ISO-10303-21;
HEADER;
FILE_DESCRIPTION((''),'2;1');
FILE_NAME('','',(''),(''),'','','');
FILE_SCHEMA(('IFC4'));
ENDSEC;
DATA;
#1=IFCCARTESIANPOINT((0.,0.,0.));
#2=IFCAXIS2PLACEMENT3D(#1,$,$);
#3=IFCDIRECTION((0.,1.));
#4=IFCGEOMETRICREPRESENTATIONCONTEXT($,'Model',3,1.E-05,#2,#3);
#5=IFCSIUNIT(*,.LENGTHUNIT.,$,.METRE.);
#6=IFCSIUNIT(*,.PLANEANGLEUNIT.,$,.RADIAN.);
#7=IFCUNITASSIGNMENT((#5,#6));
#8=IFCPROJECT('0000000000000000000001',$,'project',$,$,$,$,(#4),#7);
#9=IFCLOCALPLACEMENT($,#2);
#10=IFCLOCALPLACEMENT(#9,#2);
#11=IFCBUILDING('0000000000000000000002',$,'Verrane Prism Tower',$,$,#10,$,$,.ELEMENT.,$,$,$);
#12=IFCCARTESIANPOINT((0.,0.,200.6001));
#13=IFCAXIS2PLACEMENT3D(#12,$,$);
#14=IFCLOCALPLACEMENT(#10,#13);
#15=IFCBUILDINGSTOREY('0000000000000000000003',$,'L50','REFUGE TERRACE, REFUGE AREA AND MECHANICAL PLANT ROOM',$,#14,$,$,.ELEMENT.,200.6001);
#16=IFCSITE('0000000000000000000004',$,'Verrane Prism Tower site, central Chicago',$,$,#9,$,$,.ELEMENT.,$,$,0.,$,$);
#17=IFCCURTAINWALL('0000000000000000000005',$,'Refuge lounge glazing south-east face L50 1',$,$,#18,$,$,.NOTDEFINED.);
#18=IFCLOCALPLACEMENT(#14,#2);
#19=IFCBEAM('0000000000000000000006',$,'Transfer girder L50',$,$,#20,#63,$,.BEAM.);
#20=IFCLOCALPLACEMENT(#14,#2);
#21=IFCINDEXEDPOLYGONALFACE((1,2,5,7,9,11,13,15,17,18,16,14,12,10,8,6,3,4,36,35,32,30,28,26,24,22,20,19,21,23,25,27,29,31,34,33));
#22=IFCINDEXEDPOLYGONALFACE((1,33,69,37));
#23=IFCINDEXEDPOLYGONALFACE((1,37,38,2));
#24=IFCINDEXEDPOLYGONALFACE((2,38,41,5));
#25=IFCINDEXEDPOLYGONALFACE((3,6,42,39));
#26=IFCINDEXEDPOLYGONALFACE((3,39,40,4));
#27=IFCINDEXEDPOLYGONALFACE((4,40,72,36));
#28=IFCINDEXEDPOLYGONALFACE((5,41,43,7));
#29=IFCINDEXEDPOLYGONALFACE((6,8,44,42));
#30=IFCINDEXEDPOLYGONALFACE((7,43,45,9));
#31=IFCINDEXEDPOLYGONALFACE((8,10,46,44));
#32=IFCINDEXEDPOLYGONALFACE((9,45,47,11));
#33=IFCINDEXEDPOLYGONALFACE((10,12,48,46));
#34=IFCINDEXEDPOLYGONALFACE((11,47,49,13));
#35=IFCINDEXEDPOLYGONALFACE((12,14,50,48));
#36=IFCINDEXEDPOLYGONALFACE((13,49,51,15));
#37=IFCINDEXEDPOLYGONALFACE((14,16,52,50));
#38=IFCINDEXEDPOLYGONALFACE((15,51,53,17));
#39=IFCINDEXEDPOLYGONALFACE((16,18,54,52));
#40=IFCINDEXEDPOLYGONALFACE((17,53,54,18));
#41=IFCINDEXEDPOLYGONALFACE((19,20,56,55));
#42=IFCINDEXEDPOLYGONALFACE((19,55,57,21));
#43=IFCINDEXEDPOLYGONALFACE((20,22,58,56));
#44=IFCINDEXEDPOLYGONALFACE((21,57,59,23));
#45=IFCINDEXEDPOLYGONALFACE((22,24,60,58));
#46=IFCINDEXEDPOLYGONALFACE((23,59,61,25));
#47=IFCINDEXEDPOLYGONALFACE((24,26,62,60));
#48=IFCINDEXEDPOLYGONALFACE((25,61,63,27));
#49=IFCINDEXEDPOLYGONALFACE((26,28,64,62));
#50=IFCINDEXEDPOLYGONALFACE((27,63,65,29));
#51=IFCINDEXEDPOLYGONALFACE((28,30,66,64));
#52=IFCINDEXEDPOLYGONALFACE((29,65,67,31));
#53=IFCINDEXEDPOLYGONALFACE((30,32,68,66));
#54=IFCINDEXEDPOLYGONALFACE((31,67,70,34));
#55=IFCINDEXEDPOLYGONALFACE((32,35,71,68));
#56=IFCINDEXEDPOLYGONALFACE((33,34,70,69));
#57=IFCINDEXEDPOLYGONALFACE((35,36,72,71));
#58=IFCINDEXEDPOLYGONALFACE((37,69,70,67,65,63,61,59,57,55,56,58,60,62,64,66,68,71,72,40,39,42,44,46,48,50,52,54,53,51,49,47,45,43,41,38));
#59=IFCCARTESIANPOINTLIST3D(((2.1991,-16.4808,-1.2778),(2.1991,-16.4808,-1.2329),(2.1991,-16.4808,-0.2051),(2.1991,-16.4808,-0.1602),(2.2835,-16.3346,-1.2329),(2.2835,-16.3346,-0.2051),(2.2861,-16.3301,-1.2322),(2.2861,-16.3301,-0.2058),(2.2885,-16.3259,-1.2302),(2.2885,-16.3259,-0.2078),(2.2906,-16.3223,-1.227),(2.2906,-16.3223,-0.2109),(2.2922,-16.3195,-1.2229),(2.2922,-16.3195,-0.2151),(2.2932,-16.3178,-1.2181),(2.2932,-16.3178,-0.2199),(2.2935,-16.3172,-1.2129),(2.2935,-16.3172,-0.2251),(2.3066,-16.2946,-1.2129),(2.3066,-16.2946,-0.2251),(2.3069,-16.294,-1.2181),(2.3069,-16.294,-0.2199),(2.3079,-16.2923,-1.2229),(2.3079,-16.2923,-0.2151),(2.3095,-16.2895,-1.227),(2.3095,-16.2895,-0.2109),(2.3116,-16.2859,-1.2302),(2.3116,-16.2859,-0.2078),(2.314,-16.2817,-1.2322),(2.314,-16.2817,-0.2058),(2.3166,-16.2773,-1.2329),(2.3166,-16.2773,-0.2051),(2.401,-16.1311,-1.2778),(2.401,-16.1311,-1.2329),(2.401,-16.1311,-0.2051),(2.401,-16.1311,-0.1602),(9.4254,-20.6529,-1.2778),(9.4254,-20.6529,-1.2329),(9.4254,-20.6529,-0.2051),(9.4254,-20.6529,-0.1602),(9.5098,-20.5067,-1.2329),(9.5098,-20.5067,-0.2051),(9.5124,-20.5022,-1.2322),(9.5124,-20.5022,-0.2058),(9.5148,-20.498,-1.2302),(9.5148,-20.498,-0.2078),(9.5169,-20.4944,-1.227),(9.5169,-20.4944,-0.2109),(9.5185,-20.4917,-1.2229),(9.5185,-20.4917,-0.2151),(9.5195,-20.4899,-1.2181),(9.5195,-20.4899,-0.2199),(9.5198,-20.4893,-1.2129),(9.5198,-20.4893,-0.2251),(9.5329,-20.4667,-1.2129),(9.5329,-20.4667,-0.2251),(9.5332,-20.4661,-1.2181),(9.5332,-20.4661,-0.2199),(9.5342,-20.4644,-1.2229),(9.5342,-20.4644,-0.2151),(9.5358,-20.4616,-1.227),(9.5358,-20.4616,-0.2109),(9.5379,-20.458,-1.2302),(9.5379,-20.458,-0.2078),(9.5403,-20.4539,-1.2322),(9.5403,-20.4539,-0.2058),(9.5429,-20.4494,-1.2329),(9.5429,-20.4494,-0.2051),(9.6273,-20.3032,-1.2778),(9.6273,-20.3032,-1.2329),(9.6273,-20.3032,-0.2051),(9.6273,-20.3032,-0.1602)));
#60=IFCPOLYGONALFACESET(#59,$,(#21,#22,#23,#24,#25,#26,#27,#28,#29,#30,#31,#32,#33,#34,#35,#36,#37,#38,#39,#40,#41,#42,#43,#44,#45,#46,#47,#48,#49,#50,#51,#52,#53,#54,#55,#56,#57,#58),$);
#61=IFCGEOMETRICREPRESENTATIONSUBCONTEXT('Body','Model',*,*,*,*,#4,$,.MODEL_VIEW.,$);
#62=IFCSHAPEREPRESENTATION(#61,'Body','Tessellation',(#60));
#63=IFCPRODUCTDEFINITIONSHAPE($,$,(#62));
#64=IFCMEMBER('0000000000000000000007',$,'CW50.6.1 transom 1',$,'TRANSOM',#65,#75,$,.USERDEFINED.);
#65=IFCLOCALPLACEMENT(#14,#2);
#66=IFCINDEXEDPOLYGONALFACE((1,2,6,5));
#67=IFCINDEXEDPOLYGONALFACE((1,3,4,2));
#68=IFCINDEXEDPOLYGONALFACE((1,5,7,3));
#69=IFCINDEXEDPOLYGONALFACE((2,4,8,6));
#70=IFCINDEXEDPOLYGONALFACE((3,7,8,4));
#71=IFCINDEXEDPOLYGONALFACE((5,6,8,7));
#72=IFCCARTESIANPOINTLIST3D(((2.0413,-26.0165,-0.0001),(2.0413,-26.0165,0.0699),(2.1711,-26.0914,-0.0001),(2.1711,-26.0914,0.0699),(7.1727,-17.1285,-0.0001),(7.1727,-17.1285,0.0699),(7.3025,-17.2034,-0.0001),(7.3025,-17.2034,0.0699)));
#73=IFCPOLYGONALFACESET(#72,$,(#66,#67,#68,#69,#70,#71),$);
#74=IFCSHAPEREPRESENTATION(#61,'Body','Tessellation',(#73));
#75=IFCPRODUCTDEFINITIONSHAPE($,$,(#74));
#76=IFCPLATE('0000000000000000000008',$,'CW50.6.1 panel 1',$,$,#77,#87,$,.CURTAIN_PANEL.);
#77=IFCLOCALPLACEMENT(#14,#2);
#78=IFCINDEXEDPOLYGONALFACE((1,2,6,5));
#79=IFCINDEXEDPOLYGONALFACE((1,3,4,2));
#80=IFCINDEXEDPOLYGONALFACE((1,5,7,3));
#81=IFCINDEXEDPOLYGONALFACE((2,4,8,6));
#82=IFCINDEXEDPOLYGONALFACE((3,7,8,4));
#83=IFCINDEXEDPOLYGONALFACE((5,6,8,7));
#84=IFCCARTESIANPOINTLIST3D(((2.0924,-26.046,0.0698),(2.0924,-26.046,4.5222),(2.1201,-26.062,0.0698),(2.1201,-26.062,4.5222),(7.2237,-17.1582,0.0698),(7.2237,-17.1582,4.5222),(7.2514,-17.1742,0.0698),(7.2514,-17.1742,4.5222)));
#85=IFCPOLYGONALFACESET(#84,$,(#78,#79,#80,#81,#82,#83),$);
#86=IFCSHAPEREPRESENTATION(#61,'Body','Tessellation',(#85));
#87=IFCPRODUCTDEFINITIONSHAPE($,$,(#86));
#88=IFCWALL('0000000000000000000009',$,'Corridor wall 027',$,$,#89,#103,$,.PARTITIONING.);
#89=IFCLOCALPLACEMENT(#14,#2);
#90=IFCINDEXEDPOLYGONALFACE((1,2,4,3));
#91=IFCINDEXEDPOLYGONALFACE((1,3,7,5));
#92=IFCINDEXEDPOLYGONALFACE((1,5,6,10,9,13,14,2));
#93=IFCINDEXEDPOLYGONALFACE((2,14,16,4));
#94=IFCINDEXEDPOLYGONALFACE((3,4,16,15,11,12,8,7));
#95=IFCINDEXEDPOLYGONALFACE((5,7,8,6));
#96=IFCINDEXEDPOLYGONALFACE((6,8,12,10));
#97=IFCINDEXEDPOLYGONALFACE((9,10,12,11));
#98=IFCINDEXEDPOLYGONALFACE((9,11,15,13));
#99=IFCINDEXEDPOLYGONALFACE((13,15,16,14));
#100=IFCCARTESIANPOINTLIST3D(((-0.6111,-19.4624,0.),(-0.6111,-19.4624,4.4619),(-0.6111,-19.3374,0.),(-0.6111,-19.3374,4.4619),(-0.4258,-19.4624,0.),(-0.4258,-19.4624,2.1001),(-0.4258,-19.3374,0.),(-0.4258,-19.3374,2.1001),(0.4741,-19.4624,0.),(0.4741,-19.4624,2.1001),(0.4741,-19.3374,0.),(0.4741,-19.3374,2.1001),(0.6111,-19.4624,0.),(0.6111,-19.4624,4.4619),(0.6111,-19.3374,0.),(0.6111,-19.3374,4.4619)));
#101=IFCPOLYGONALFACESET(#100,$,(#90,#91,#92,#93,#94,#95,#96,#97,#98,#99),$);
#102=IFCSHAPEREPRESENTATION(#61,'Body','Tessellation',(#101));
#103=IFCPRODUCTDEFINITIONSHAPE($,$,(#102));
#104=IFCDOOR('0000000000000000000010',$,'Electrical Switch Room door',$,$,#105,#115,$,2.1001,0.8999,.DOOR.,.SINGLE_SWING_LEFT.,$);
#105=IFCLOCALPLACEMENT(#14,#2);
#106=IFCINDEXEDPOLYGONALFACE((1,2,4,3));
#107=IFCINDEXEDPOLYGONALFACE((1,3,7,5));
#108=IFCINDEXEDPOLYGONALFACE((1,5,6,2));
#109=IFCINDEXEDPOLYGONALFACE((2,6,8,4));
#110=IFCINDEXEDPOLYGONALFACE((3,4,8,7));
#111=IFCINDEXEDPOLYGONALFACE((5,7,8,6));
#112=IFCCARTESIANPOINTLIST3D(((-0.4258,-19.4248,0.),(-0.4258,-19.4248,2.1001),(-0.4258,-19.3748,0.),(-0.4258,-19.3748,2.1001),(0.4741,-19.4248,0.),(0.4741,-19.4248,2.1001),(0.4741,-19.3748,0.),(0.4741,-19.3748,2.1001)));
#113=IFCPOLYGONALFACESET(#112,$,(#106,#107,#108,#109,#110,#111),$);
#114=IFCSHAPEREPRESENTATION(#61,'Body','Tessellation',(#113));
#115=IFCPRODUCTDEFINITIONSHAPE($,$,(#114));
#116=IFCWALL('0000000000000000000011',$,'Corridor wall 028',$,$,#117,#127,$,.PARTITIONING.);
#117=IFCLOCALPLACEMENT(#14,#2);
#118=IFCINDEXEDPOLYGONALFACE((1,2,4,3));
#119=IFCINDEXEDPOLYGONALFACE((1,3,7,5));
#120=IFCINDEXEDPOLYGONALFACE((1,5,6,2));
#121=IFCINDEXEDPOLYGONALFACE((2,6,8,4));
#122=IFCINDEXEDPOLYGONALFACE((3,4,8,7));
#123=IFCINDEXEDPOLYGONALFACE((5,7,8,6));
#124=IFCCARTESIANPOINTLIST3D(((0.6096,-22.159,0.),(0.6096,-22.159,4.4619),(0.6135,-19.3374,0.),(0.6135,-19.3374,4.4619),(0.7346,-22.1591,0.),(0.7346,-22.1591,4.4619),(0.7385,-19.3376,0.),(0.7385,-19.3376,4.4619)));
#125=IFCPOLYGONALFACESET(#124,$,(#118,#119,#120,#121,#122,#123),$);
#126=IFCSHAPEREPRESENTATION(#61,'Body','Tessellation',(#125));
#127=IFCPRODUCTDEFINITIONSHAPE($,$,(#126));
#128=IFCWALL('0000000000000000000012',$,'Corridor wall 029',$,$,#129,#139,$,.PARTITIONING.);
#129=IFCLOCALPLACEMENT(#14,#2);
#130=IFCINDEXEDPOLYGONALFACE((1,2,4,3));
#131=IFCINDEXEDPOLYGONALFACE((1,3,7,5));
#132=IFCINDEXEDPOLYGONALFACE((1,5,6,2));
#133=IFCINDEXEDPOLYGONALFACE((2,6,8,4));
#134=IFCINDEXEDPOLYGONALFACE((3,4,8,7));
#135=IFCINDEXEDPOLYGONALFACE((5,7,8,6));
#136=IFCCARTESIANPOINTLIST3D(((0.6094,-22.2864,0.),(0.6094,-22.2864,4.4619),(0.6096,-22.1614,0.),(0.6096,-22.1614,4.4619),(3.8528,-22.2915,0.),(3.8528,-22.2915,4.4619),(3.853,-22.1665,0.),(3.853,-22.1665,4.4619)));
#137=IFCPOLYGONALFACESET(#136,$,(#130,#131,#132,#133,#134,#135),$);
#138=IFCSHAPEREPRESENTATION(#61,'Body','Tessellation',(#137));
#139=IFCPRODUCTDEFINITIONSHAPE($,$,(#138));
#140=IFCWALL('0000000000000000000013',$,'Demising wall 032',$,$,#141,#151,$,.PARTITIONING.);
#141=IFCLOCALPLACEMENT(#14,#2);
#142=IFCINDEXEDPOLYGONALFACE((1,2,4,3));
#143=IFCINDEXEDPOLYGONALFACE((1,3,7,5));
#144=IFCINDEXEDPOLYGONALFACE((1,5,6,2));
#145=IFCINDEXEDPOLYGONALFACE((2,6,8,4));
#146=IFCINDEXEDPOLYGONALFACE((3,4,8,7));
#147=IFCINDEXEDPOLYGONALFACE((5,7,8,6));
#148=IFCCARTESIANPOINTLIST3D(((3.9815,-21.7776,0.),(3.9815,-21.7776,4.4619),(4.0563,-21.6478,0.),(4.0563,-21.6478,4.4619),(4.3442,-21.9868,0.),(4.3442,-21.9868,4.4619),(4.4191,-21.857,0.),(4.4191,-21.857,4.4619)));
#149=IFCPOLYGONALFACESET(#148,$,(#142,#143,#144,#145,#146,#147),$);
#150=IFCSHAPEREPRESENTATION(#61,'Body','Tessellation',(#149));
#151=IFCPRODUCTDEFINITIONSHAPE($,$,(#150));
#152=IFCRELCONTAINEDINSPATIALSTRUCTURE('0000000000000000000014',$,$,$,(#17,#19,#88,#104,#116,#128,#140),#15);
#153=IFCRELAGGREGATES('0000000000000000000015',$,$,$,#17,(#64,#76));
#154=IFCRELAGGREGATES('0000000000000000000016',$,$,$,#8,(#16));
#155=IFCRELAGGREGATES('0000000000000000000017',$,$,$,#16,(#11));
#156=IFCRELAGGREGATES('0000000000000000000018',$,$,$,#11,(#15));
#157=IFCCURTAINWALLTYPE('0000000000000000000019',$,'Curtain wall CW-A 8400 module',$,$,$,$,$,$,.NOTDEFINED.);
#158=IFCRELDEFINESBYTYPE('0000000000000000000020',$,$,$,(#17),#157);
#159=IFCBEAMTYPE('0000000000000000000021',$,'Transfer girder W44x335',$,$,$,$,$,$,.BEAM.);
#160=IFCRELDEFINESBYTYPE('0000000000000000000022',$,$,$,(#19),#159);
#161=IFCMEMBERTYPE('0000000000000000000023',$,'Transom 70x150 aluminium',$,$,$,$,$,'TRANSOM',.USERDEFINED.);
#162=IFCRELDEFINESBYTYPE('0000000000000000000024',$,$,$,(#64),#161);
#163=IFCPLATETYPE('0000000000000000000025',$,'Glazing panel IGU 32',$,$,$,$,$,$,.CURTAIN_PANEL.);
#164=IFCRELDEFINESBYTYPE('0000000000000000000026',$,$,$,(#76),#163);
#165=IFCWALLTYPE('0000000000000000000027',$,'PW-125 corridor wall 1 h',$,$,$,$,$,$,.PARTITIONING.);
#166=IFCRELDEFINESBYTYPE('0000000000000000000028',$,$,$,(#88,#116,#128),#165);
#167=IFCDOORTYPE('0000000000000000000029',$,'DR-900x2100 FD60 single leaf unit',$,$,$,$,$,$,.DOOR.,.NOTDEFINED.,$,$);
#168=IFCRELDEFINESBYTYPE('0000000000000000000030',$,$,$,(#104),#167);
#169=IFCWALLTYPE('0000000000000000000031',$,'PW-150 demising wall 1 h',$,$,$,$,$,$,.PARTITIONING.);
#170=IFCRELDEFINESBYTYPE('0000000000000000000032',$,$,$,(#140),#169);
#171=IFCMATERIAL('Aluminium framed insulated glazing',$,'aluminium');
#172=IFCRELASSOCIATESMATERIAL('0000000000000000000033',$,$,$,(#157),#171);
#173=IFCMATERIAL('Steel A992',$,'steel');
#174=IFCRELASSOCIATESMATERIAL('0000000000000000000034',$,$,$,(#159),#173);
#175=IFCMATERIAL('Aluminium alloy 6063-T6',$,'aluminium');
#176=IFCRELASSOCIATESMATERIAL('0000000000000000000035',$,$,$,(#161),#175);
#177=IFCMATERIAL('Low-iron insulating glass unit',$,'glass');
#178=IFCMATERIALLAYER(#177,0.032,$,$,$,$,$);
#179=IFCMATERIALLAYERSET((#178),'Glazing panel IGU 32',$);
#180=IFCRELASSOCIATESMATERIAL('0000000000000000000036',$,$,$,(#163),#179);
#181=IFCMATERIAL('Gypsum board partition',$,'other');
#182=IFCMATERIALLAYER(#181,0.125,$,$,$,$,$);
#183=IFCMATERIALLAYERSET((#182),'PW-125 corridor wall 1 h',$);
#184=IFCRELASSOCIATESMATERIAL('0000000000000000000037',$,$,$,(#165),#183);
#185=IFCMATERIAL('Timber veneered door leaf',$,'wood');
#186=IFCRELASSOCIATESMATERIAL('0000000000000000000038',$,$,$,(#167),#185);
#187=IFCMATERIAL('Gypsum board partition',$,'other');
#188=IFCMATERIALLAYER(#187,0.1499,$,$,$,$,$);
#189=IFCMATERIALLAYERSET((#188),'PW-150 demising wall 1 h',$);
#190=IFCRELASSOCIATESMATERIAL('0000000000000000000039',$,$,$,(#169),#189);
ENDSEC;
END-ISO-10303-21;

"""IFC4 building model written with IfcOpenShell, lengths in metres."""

from ifc_helpers import new_model, si_unit, direction, frame, frame_2d, origin, origin_2d, place, context, subcontext, project, spatial, rectangle, i_section, extrude, material, layer, layer_set, material_profile, profile_set, type_object, element, fill, aggregate, save


model = new_model("IFC4")

# Units and contexts
model_context = context("Model", 3, precision=1e-05, world=origin(), true_north=direction((0.0, 1.0)))
body_context = subcontext(model_context, "Body", "Model", "MODEL_VIEW")
ifc_project = project(units=[si_unit("LENGTHUNIT", "METRE"), si_unit("PLANEANGLEUNIT", "RADIAN")], contexts=[model_context])

# Site, building, storey
site_placement = place(None, origin())
site = spatial("IfcSite", under=ifc_project, at=site_placement, Name="Verrane Prism Tower site, central Chicago", CompositionType="ELEMENT", RefElevation=0.0)
building_placement = place(site_placement, origin())
building = spatial("IfcBuilding", under=site, at=building_placement, Name="Verrane Prism Tower", CompositionType="ELEMENT")
storey_placement = place(building_placement, frame((0.0, 0.0, 200.6001)))
storey = spatial("IfcBuildingStorey", under=building, at=storey_placement, Name="L50", Description="REFUGE TERRACE, REFUGE AREA AND MECHANICAL PLANT ROOM", CompositionType="ELEMENT", Elevation=200.6001)

# Curtain wall
ifc_material_1 = material(Name="Aluminium framed insulated glazing", Category="aluminium")
curtain_wall_type = type_object("IfcCurtainWallType", Name="Curtain wall CW-A 8400 module", PredefinedType="NOTDEFINED", material=ifc_material_1)
curtain_wall_placement = place(storey_placement, origin())
curtain_wall = element("IfcCurtainWall", 1, at=curtain_wall_placement, inside=storey, type_object=curtain_wall_type, Name="Refuge lounge glazing south-east face L50 1", PredefinedType="NOTDEFINED")

# Beam
ifc_material_2 = material(Name="Steel A992", Category="steel")
ifc_material_profile_1 = material_profile(ifc_material_2, i_section(OverallWidth=0.4038, OverallDepth=1.1177, WebThickness=0.0261, FlangeThickness=0.0449, FilletRadius=0.02, at=origin_2d()), Name="W44x335")
ifc_profile_set_1 = profile_set([ifc_material_profile_1], Name="Steel A992")
beam_type_1 = type_object("IfcBeamType", Name="Transfer girder W44x335", PredefinedType="BEAM", material=ifc_profile_set_1)
beam_1_placement = place(storey_placement, frame((9.5264, -20.478, -0.719), z_axis=(-0.866025, 0.5, 0.0), x_axis=(-0.5, -0.866025, 0.0)))
element("IfcBeam", 2, at=beam_1_placement, inside=storey, type_object=beam_type_1, Name="Transfer girder L50", PredefinedType="BEAM", context=body_context, shape_type="SweptSolid", body=[
    extrude(i_section(OverallWidth=0.4038, OverallDepth=1.1177, WebThickness=0.0261, FlangeThickness=0.0449, FilletRadius=0.02, at=origin_2d()), origin(), (0.0, 0.0, 1.0), 8.3442),
])

# Member
ifc_material_3 = material(Name="Aluminium alloy 6063-T6", Category="aluminium")
ifc_material_profile_2 = material_profile(ifc_material_3, rectangle(XDim=0.1499, YDim=0.0701, at=origin_2d()), Name="Transom 70x150 aluminium")
ifc_profile_set_2 = profile_set([ifc_material_profile_2], Name="Aluminium alloy 6063-T6")
member_type_1 = type_object("IfcMemberType", Name="Transom 70x150 aluminium", ElementType="TRANSOM", PredefinedType="USERDEFINED", material=ifc_profile_set_2)
member_1_placement = place(storey_placement, frame((2.1062, -26.054, 0.0349), z_axis=(0.499992, 0.86603, 0.0), x_axis=(-0.86603, 0.499992, 0.0)))
member_1 = element("IfcMember", 3, at=member_1_placement, type_object=member_type_1, Name="CW50.6.1 transom 1", ObjectType="TRANSOM", PredefinedType="USERDEFINED", context=body_context, shape_type="SweptSolid", body=[
    extrude(rectangle(XDim=0.1499, YDim=0.0701, at=origin_2d()), origin(), (0.0, 0.0, 1.0), 10.2629),
])

# Plate
ifc_material_4 = material(Name="Low-iron insulating glass unit", Category="glass")
ifc_layer_1 = layer(ifc_material_4, 0.032)
ifc_layer_set_1 = layer_set([ifc_layer_1], Name="Glazing panel IGU 32")
plate_type = type_object("IfcPlateType", Name="Glazing panel IGU 32", PredefinedType="CURTAIN_PANEL", material=ifc_layer_set_1)
plate_placement = place(storey_placement, frame((4.6719, -21.6101, 0.0698), z_axis=(0.0, 0.0, 1.0), x_axis=(0.499996, 0.866027, 0.0)))
plate = element("IfcPlate", 4, at=plate_placement, type_object=plate_type, Name="CW50.6.1 panel 1", PredefinedType="CURTAIN_PANEL", context=body_context, shape_type="SweptSolid", body=[
    extrude(rectangle(XDim=10.2627, YDim=0.032, at=origin_2d()), origin(), (0.0, 0.0, 1.0), 4.4524),
])
aggregate(curtain_wall, [member_1, plate])

# Wall, opening, door
ifc_material_5 = material(Name="Gypsum board partition", Category="other")
ifc_layer_2 = layer(ifc_material_5, 0.125)
ifc_layer_set_2 = layer_set([ifc_layer_2], Name="PW-125 corridor wall 1 h")
wall_type_1 = type_object("IfcWallType", Name="PW-125 corridor wall 1 h", PredefinedType="PARTITIONING", material=ifc_layer_set_2)
wall_1_placement = place(storey_placement, frame((0.6111, -19.3999, 0.0), z_axis=(0.0, 0.0, 1.0), x_axis=(-1.0, 0.0, 0.0)))
wall_1 = element("IfcWall", 5, at=wall_1_placement, inside=storey, type_object=wall_type_1, Name="Corridor wall 027", PredefinedType="PARTITIONING", context=body_context, shape_type="SweptSolid", body=[
    extrude(rectangle(XDim=1.2222, YDim=0.125, at=frame_2d((0.6111, 0.0))), origin(), (0.0, 0.0, 1.0), 4.4619),
])
opening_placement = place(wall_1_placement, frame((0.137, 0.0, 0.0)))
opening = element("IfcOpeningElement", 6, at=opening_placement, cuts=wall_1, PredefinedType="OPENING", context=body_context, shape_type="SweptSolid", body=[
    extrude(rectangle(XDim=0.8999, YDim=2.1001, at=frame_2d((0.45, 1.05))), frame((0.0, 0.0725, 0.0), z_axis=(0.0, -1.0, 0.0), x_axis=(1.0, 0.0, 0.0)), (0.0, 0.0, 1.0), 0.145),
])
ifc_material_6 = material(Name="Timber veneered door leaf", Category="wood")
door_type = type_object("IfcDoorType", Name="DR-900x2100 FD60 single leaf unit", OperationType="NOTDEFINED", PredefinedType="DOOR", material=ifc_material_6)
door_placement = place(opening_placement, origin())
door = element("IfcDoor", 7, at=door_placement, inside=storey, type_object=door_type, Name="Electrical Switch Room door", OperationType="SINGLE_SWING_LEFT", OverallHeight=2.1001, OverallWidth=0.8999, PredefinedType="DOOR", context=body_context, shape_type="SweptSolid", body=[
    extrude(rectangle(XDim=0.8999, YDim=2.1001, at=frame_2d((0.45, 1.05))), frame((0.0, 0.0249, 0.0), z_axis=(0.0, -1.0, 0.0), x_axis=(1.0, 0.0, 0.0)), (0.0, 0.0, 1.0), 0.05),
])
fill(opening, door)

# Walls
wall_2_placement = place(storey_placement, frame((0.6721, -22.1589, 0.0), z_axis=(0.0, 0.0, 1.0), x_axis=(0.001384, 0.999999, 0.0)))
element("IfcWall", 8, at=wall_2_placement, inside=storey, type_object=wall_type_1, Name="Corridor wall 028", PredefinedType="PARTITIONING", context=body_context, shape_type="SweptSolid", body=[
    extrude(rectangle(XDim=2.8215, YDim=0.125, at=frame_2d((1.4106, 0.0))), origin(), (0.0, 0.0, 1.0), 4.4619),
])
wall_3_placement = place(storey_placement, frame((0.6096, -22.2239, 0.0), z_axis=(0.0, 0.0, 1.0), x_axis=(0.999999, -0.001581, 0.0)))
element("IfcWall", 9, at=wall_3_placement, inside=storey, type_object=wall_type_1, Name="Corridor wall 029", PredefinedType="PARTITIONING", context=body_context, shape_type="SweptSolid", body=[
    extrude(rectangle(XDim=3.2434, YDim=0.125, at=frame_2d((1.6216, 0.0))), origin(), (0.0, 0.0, 1.0), 4.4619),
])
ifc_material_7 = material(Name="Gypsum board partition", Category="other")
ifc_layer_3 = layer(ifc_material_7, 0.1499)
ifc_layer_set_3 = layer_set([ifc_layer_3], Name="PW-150 demising wall 1 h")
wall_type_2 = type_object("IfcWallType", Name="PW-150 demising wall 1 h", PredefinedType="PARTITIONING", material=ifc_layer_set_3)
wall_4_placement = place(storey_placement, frame((4.0188, -21.7126, 0.0), z_axis=(0.0, 0.0, 1.0), x_axis=(0.866263, -0.499588, 0.0)))
element("IfcWall", 10, at=wall_4_placement, inside=storey, type_object=wall_type_2, Name="Demising wall 032", PredefinedType="PARTITIONING", context=body_context, shape_type="SweptSolid", body=[
    extrude(rectangle(XDim=0.4187, YDim=0.1499, at=frame_2d((0.2095, 0.0))), origin(), (0.0, 0.0, 1.0), 4.4619),
])

save(model, "model.ifc")
